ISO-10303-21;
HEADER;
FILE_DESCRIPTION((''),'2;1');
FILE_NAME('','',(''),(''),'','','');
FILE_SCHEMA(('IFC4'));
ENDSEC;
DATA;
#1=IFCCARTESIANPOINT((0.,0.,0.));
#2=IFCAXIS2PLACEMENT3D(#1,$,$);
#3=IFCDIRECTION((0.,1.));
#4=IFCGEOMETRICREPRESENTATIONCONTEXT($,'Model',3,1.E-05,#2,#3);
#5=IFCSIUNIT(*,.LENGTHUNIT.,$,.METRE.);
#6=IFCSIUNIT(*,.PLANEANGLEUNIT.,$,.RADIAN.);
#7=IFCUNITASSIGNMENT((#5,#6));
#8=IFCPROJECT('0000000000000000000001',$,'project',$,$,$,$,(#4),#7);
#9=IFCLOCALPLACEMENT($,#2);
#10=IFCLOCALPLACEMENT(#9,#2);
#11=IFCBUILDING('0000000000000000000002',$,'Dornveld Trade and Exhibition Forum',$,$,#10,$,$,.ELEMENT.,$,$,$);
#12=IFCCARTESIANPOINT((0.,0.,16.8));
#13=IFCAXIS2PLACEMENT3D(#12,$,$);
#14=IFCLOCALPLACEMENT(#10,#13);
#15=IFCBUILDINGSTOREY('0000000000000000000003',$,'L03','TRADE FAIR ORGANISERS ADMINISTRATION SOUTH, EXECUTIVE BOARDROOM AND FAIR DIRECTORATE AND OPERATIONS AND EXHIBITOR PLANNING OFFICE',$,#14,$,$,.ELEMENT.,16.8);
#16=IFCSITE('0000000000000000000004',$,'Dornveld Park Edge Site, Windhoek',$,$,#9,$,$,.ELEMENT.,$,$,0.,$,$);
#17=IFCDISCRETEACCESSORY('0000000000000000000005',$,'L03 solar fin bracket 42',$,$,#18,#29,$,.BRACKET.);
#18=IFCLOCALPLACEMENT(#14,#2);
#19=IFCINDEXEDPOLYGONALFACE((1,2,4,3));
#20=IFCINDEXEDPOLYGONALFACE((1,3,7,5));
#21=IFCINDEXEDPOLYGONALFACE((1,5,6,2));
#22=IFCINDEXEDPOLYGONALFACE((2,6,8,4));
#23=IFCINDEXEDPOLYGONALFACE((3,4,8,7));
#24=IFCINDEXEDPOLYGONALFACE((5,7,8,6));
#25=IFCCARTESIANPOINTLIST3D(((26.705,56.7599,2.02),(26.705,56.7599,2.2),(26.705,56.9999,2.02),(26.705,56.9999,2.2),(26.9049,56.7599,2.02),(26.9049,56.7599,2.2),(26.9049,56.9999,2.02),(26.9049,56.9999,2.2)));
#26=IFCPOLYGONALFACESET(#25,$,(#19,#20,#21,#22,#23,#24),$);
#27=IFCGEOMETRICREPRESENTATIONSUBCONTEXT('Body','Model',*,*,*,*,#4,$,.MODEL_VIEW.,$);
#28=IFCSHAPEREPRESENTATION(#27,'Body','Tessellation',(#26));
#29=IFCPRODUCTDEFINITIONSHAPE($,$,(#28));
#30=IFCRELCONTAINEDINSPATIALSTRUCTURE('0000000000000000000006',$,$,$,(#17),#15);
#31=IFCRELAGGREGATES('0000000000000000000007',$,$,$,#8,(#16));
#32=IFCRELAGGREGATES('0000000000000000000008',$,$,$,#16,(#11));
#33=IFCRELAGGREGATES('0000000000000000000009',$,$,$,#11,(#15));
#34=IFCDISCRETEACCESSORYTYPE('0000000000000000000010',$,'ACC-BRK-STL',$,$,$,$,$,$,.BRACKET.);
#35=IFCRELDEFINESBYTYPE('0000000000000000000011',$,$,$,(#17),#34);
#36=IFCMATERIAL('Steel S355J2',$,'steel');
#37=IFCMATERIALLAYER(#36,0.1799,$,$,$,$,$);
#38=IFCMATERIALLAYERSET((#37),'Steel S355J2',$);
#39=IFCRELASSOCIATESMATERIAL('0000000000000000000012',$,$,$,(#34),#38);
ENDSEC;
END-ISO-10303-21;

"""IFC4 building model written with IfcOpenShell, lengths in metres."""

from ifc_helpers import new_model, si_unit, direction, frame, origin, origin_2d, place, context, subcontext, project, spatial, rectangle, extrude, material, layer, layer_set, type_object, element, save


model = new_model("IFC4")

# Units and contexts
model_context = context("Model", 3, precision=1e-05, world=origin(), true_north=direction((0.0, 1.0)))
body_context = subcontext(model_context, "Body", "Model", "MODEL_VIEW")
ifc_project = project(units=[si_unit("LENGTHUNIT", "METRE"), si_unit("PLANEANGLEUNIT", "RADIAN")], contexts=[model_context])

# Site, building, storey
site_placement = place(None, origin())
site = spatial("IfcSite", under=ifc_project, at=site_placement, Name="Dornveld Park Edge Site, Windhoek", CompositionType="ELEMENT", RefElevation=0.0)
building_placement = place(site_placement, origin())
building = spatial("IfcBuilding", under=site, at=building_placement, Name="Dornveld Trade and Exhibition Forum", CompositionType="ELEMENT")
storey_placement = place(building_placement, frame((0.0, 0.0, 16.8)))
storey = spatial("IfcBuildingStorey", under=building, at=storey_placement, Name="L03", Description="TRADE FAIR ORGANISERS ADMINISTRATION SOUTH, EXECUTIVE BOARDROOM AND FAIR DIRECTORATE AND OPERATIONS AND EXHIBITOR PLANNING OFFICE", CompositionType="ELEMENT", Elevation=16.8)

# Discrete accessory
ifc_material_1 = material(Name="Steel S355J2", Category="steel")
ifc_layer_1 = layer(ifc_material_1, 0.1799)
ifc_layer_set_1 = layer_set([ifc_layer_1], Name="Steel S355J2")
discrete_accessory_type = type_object("IfcDiscreteAccessoryType", Name="ACC-BRK-STL", PredefinedType="BRACKET", material=ifc_layer_set_1)
for number, where, z_axis, x_axis, name in (
    (1, (26.8049, 56.8799, 2.02), (0.0, 0.0, 1.0), (0.0, -1.0, 0.0), "L03 solar fin bracket 42"),
):
    element("IfcDiscreteAccessory", number, at=place(storey_placement, frame(where, z_axis=z_axis, x_axis=x_axis)), inside=storey, type_object=discrete_accessory_type, Name=name, PredefinedType="BRACKET", context=body_context, shape_type="SweptSolid", body=[
        extrude(rectangle(XDim=0.24, YDim=0.2, at=origin_2d()), origin(), (0.0, 0.0, 1.0), 0.1799),
    ])

save(model, "model.ifc")
